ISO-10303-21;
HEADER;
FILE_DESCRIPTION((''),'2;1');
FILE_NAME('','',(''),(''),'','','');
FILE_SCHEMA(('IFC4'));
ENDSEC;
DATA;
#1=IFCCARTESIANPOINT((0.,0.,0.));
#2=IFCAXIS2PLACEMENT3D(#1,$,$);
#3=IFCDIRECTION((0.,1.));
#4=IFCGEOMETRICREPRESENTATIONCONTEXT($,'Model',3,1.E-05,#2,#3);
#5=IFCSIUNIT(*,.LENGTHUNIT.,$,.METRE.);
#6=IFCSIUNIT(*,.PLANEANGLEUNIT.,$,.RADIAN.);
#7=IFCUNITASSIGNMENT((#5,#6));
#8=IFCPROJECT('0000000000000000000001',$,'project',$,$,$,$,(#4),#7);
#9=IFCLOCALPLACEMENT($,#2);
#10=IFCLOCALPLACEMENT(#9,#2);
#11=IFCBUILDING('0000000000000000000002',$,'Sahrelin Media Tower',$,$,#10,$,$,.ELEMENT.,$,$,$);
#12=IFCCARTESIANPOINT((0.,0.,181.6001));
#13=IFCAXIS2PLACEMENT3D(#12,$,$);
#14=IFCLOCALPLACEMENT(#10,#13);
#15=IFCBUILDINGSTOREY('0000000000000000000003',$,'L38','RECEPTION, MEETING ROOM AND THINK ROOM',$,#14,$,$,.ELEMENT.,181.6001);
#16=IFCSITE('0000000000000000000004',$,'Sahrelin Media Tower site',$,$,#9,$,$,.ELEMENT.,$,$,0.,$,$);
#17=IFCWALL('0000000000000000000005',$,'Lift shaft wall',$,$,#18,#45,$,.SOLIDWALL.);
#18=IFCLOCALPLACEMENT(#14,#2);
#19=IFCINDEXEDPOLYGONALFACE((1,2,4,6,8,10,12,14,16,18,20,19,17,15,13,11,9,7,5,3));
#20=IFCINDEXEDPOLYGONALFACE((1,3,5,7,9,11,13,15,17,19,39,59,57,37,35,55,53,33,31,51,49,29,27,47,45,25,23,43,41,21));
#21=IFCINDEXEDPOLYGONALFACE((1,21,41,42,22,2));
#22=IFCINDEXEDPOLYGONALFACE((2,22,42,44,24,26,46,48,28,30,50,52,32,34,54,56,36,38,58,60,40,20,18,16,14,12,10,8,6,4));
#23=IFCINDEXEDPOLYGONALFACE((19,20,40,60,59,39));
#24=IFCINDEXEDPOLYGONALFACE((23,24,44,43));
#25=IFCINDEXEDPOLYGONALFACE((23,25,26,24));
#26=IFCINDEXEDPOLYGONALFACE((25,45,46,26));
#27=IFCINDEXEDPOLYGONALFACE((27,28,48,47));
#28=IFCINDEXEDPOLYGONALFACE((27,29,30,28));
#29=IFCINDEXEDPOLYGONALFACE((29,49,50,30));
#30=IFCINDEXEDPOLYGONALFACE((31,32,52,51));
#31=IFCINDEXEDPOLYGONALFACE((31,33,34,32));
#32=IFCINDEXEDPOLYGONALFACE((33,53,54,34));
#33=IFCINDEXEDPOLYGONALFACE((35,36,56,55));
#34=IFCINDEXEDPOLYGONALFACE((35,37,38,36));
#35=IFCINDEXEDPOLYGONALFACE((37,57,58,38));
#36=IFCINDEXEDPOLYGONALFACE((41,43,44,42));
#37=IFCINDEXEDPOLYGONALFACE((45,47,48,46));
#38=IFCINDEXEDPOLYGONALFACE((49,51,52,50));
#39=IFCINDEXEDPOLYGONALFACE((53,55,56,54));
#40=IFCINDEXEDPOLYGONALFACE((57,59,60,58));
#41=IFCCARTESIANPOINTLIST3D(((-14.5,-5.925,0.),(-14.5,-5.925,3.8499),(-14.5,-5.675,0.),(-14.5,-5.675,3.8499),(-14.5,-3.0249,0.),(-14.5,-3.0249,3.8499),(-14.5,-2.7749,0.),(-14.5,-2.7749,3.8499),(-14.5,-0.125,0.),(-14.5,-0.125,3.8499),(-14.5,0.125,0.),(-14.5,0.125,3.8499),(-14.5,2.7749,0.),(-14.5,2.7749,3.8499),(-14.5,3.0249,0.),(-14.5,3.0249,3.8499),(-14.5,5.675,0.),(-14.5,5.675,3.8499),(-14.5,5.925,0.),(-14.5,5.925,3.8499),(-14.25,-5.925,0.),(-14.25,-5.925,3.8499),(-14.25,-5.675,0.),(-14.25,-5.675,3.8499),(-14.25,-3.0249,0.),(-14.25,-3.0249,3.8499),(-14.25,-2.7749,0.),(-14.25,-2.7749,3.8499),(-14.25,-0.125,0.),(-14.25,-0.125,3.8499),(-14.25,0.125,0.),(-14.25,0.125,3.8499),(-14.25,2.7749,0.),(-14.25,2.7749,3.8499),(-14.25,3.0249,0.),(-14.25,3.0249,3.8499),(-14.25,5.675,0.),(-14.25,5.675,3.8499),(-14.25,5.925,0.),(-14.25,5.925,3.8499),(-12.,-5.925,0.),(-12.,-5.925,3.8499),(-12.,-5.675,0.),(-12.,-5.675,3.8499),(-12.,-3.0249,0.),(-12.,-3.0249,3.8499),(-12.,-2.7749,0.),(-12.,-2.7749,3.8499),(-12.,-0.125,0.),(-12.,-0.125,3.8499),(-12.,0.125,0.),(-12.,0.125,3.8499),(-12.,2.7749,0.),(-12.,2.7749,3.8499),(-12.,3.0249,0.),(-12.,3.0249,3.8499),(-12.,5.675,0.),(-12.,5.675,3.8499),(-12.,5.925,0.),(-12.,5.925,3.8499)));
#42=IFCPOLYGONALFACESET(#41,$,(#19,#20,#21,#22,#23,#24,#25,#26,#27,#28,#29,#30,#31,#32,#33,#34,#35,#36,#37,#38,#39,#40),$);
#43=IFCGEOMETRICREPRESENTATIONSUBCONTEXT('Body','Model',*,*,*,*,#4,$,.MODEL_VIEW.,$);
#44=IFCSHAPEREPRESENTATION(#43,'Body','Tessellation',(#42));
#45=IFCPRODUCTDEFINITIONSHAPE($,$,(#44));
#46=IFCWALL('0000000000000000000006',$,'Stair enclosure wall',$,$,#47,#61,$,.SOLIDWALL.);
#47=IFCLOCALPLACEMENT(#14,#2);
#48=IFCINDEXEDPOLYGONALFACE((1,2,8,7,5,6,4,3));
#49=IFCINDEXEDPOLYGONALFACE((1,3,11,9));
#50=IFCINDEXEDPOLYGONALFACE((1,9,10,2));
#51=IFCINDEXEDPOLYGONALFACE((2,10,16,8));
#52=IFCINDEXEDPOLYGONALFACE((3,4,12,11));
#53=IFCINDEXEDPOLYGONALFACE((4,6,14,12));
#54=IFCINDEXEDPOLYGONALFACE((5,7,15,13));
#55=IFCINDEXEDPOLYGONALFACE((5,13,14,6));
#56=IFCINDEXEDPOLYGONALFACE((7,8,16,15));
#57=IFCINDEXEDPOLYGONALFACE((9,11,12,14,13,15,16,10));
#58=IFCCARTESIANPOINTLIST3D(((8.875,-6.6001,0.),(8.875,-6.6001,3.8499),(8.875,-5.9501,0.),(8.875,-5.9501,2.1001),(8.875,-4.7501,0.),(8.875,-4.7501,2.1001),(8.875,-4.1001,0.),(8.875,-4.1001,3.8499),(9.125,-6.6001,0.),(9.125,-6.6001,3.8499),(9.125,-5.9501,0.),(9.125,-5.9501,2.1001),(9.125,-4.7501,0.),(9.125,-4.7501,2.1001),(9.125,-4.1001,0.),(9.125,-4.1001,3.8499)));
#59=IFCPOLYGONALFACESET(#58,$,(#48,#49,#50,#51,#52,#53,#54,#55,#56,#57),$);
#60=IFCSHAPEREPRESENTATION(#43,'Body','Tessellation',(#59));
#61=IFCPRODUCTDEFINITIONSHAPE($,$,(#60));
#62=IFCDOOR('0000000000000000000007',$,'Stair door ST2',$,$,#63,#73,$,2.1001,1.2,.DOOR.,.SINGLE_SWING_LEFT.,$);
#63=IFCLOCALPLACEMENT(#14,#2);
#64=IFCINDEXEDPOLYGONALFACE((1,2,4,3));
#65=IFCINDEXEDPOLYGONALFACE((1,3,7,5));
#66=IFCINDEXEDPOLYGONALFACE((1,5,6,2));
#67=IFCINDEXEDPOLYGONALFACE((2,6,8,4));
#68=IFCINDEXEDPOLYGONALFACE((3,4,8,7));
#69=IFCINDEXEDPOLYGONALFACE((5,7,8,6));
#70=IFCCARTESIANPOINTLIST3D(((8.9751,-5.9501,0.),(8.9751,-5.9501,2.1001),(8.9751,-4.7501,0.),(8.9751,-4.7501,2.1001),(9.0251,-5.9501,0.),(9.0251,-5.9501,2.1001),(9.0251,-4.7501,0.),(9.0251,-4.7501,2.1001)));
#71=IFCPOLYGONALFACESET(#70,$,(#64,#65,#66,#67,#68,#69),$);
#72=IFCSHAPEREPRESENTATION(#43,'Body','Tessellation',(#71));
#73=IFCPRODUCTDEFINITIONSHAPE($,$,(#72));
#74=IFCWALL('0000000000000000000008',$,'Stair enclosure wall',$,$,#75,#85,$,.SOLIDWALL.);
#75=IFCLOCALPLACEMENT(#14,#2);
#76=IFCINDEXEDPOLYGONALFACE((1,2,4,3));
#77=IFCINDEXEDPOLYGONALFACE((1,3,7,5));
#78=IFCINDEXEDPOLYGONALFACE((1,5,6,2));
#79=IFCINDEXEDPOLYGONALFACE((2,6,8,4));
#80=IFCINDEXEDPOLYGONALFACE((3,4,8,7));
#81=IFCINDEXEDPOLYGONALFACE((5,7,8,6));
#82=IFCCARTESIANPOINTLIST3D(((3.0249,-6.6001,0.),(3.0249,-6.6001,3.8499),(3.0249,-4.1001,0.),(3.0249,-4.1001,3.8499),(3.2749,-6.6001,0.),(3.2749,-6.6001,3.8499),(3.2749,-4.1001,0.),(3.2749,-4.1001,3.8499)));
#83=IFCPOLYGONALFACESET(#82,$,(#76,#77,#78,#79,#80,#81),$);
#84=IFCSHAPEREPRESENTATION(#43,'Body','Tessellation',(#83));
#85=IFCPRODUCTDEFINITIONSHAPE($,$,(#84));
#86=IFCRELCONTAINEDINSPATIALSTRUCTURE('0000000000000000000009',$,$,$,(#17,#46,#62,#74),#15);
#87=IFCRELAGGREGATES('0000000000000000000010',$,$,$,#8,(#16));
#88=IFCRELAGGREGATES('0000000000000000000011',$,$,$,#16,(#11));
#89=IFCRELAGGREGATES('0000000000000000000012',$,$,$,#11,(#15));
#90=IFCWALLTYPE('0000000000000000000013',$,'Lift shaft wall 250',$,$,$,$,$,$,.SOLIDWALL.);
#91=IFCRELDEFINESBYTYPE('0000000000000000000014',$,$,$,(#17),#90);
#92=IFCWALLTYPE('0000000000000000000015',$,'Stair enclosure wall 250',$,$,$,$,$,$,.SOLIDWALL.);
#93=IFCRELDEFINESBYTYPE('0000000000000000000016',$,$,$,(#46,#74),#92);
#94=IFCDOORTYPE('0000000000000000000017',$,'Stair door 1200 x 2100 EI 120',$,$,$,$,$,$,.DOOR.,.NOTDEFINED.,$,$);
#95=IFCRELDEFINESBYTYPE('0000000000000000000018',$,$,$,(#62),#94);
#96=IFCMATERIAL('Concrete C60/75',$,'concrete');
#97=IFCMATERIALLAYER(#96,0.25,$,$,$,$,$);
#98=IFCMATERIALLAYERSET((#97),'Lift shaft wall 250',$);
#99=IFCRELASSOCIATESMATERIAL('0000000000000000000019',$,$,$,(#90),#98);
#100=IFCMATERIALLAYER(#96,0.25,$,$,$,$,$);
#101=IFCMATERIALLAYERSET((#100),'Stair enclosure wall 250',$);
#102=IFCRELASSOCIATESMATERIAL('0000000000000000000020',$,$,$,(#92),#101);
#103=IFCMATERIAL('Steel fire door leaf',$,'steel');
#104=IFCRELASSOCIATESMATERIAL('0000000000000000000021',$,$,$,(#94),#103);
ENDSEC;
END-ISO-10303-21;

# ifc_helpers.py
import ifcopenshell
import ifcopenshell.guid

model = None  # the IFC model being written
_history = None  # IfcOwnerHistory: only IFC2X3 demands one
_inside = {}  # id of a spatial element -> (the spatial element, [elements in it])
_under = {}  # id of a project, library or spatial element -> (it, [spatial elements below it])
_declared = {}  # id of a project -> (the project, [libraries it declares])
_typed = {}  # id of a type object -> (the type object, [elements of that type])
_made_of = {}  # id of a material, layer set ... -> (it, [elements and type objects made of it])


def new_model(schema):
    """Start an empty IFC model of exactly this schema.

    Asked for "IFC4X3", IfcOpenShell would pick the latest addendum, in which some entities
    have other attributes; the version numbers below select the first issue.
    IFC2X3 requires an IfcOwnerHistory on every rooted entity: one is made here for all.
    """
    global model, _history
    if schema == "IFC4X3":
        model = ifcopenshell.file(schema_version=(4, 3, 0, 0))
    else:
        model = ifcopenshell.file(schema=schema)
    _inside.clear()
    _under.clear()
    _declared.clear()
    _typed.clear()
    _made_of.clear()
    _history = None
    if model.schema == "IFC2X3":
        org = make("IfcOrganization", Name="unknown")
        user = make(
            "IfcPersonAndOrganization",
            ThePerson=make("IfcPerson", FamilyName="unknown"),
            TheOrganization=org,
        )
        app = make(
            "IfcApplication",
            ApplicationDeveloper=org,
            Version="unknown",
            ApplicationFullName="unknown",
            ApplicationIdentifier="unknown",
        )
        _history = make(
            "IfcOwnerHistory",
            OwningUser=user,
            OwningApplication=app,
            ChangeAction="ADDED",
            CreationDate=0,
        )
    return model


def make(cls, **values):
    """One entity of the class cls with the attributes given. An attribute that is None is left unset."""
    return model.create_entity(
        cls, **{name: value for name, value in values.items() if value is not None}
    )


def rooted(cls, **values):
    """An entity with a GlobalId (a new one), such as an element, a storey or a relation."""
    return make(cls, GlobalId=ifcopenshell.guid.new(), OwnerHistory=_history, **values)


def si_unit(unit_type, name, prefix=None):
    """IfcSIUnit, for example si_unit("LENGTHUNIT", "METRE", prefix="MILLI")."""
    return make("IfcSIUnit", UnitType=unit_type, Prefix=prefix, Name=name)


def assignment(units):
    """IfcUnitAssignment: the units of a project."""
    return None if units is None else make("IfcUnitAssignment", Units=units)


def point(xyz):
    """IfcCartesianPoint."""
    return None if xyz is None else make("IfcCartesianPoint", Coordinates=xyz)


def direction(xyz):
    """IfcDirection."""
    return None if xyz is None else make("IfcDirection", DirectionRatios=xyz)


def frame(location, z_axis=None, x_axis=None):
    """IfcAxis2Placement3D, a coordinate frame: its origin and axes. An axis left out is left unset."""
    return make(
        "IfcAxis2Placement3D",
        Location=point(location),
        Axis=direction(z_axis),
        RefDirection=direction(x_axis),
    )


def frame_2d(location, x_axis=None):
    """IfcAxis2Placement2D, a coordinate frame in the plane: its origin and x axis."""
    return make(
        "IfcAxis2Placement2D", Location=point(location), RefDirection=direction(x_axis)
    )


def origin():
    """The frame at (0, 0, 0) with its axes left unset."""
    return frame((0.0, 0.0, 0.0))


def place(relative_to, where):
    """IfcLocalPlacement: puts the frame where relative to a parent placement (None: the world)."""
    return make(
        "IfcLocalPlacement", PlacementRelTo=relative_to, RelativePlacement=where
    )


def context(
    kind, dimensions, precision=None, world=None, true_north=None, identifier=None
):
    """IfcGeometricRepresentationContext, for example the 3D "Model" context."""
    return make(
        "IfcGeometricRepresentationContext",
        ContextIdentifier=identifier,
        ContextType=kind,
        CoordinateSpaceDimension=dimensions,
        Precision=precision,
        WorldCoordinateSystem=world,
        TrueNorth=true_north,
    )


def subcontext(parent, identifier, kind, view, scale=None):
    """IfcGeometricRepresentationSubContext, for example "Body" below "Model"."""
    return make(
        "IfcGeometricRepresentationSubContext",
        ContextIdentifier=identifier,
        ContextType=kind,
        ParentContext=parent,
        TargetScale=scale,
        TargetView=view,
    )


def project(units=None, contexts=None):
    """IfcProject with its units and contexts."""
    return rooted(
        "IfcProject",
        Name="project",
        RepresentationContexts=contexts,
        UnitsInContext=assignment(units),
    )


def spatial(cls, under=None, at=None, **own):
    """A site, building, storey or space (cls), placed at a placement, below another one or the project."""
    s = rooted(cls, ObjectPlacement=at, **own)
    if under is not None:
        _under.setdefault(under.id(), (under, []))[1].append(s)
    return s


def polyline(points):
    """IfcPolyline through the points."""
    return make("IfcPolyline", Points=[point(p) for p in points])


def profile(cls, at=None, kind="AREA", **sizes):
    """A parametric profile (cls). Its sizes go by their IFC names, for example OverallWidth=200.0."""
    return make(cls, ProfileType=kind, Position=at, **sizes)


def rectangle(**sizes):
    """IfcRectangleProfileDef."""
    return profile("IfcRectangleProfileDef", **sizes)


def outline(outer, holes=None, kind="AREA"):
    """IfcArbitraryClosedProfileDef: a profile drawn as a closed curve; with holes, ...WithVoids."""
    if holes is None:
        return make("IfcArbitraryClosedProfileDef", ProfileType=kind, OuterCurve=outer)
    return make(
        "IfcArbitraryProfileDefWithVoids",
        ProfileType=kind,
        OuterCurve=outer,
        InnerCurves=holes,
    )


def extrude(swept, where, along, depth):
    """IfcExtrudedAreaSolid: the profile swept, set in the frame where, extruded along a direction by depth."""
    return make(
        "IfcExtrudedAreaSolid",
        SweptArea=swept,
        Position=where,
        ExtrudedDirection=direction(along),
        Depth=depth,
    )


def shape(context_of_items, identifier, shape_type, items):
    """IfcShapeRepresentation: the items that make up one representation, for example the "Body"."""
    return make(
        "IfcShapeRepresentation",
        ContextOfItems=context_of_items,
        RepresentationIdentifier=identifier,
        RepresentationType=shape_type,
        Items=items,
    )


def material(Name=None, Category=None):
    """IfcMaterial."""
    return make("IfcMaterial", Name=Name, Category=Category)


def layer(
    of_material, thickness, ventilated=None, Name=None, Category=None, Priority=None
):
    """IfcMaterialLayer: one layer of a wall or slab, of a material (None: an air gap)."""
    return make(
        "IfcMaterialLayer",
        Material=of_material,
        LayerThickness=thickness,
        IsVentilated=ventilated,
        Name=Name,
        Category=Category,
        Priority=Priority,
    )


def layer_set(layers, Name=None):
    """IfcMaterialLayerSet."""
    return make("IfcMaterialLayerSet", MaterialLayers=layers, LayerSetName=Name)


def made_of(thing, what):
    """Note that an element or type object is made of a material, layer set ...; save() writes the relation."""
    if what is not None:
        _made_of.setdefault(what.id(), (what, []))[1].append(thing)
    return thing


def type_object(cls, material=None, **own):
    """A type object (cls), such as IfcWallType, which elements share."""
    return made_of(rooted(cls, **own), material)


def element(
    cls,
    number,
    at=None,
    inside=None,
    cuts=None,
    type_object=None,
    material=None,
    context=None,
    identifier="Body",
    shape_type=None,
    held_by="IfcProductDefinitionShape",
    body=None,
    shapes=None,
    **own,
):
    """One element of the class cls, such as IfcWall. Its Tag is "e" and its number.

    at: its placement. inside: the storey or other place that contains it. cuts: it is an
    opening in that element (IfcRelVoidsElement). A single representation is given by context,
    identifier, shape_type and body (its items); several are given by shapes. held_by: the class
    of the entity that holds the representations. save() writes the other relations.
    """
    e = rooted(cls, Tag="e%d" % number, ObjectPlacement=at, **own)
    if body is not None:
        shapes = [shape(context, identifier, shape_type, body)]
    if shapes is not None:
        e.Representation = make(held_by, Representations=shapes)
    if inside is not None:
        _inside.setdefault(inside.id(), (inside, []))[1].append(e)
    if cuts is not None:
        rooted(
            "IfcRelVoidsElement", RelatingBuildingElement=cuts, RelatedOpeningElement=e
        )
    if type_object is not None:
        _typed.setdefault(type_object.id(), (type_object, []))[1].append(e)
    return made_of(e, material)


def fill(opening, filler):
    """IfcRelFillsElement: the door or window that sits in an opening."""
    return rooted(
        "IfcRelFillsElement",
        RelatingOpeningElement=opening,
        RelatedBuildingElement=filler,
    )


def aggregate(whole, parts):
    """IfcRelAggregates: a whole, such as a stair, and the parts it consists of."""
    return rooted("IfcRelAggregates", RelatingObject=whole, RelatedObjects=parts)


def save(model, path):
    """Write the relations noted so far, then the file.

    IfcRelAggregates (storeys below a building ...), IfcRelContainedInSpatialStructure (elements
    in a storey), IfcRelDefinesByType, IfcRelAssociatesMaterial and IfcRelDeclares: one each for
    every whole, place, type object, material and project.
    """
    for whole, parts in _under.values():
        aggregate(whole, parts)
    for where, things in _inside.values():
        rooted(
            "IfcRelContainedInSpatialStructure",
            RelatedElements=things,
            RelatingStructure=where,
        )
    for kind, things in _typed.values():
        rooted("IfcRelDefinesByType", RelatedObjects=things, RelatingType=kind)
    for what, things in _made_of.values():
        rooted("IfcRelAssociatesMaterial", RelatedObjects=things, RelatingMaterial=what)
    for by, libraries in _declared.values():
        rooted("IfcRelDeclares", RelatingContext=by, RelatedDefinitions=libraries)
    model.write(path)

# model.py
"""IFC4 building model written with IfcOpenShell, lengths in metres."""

from ifc_helpers import new_model, si_unit, direction, frame, frame_2d, origin, place, context, subcontext, project, spatial, polyline, rectangle, outline, extrude, material, layer, layer_set, type_object, element, fill, save


model = new_model("IFC4")

# Units and contexts
model_context = context("Model", 3, precision=1e-05, world=origin(), true_north=direction((0.0, 1.0)))
body_context = subcontext(model_context, "Body", "Model", "MODEL_VIEW")
ifc_project = project(units=[si_unit("LENGTHUNIT", "METRE"), si_unit("PLANEANGLEUNIT", "RADIAN")], contexts=[model_context])

# Site, building, storey
site_placement = place(None, origin())
site = spatial("IfcSite", under=ifc_project, at=site_placement, Name="Sahrelin Media Tower site", CompositionType="ELEMENT", RefElevation=0.0)
building_placement = place(site_placement, origin())
building = spatial("IfcBuilding", under=site, at=building_placement, Name="Sahrelin Media Tower", CompositionType="ELEMENT")
storey_placement = place(building_placement, frame((0.0, 0.0, 181.6001)))
storey = spatial("IfcBuildingStorey", under=building, at=storey_placement, Name="L38", Description="RECEPTION, MEETING ROOM AND THINK ROOM", CompositionType="ELEMENT", Elevation=181.6001)

# Shared definitions
placement_1 = place(storey_placement, origin())

# Wall
ifc_material_1 = material(Name="Concrete C60/75", Category="concrete")
ifc_layer_1 = layer(ifc_material_1, 0.25)
ifc_layer_set_1 = layer_set([ifc_layer_1], Name="Lift shaft wall 250")
wall_type_1 = type_object("IfcWallType", Name="Lift shaft wall 250", PredefinedType="SOLIDWALL", material=ifc_layer_set_1)
element("IfcWall", 1, at=placement_1, inside=storey, type_object=wall_type_1, Name="Lift shaft wall", PredefinedType="SOLIDWALL", context=body_context, shape_type="SweptSolid", body=[
    extrude(outline(polyline([(-12.0, -5.925), (-12.0, -5.675), (-14.25, -5.675), (-14.25, -3.0249), (-12.0, -3.0249), (-12.0, -2.7749), (-14.25, -2.7749), (-14.25, -0.125), (-12.0, -0.125), (-12.0, 0.125), (-14.25, 0.125), (-14.25, 2.7749), (-12.0, 2.7749), (-12.0, 3.0249), (-14.25, 3.0249), (-14.25, 5.675), (-12.0, 5.675), (-12.0, 5.925), (-14.25, 5.925), (-14.5, 5.925), (-14.5, 5.675), (-14.5, 3.0249), (-14.5, 2.7749), (-14.5, 0.125), (-14.5, -0.125), (-14.5, -2.7749), (-14.5, -3.0249), (-14.5, -5.675), (-14.5, -5.925), (-14.25, -5.925), (-12.0, -5.925)])), origin(), (0.0, 0.0, 1.0), 3.8499),
])

# Wall, opening, door
ifc_layer_2 = layer(ifc_material_1, 0.25)
ifc_layer_set_2 = layer_set([ifc_layer_2], Name="Stair enclosure wall 250")
wall_type_2 = type_object("IfcWallType", Name="Stair enclosure wall 250", PredefinedType="SOLIDWALL", material=ifc_layer_set_2)
wall_1_placement = place(storey_placement, frame((9.0, -6.6001, 0.0), z_axis=(0.0, 0.0, 1.0), x_axis=(0.0, 1.0, 0.0)))
wall_1 = element("IfcWall", 2, at=wall_1_placement, inside=storey, type_object=wall_type_2, Name="Stair enclosure wall", PredefinedType="SOLIDWALL", context=body_context, shape_type="SweptSolid", body=[
    extrude(rectangle(XDim=2.5, YDim=0.25, at=frame_2d((1.25, 0.0))), origin(), (0.0, 0.0, 1.0), 3.8499),
])
opening_placement = place(wall_1_placement, frame((0.6499, 0.0, 0.0)))
opening = element("IfcOpeningElement", 3, at=opening_placement, cuts=wall_1, PredefinedType="OPENING", context=body_context, shape_type="SweptSolid", body=[
    extrude(rectangle(XDim=1.2, YDim=2.1001, at=frame_2d((0.6001, 1.05))), frame((0.0, 0.125, 0.0), z_axis=(0.0, -1.0, 0.0), x_axis=(1.0, 0.0, 0.0)), (0.0, 0.0, 1.0), 0.25),
])
ifc_material_2 = material(Name="Steel fire door leaf", Category="steel")
door_type = type_object("IfcDoorType", Name="Stair door 1200 x 2100 EI 120", OperationType="NOTDEFINED", PredefinedType="DOOR", material=ifc_material_2)
door_placement = place(opening_placement, origin())
door = element("IfcDoor", 4, at=door_placement, inside=storey, type_object=door_type, Name="Stair door ST2", OperationType="SINGLE_SWING_LEFT", OverallHeight=2.1001, OverallWidth=1.2, PredefinedType="DOOR", context=body_context, shape_type="SweptSolid", body=[
    extrude(rectangle(XDim=1.2, YDim=2.1001, at=frame_2d((0.6001, 1.05))), frame((0.0, 0.0249, 0.0), z_axis=(0.0, -1.0, 0.0), x_axis=(1.0, 0.0, 0.0)), (0.0, 0.0, 1.0), 0.05),
])
fill(opening, door)

# Wall
wall_2_placement = place(storey_placement, frame((3.1499, -6.6001, 0.0), z_axis=(0.0, 0.0, 1.0), x_axis=(0.0, 1.0, 0.0)))
element("IfcWall", 5, at=wall_2_placement, inside=storey, type_object=wall_type_2, Name="Stair enclosure wall", PredefinedType="SOLIDWALL", context=body_context, shape_type="SweptSolid", body=[
    extrude(rectangle(XDim=2.5, YDim=0.25, at=frame_2d((1.25, 0.0))), origin(), (0.0, 0.0, 1.0), 3.8499),
])

save(model, "model.ifc")
